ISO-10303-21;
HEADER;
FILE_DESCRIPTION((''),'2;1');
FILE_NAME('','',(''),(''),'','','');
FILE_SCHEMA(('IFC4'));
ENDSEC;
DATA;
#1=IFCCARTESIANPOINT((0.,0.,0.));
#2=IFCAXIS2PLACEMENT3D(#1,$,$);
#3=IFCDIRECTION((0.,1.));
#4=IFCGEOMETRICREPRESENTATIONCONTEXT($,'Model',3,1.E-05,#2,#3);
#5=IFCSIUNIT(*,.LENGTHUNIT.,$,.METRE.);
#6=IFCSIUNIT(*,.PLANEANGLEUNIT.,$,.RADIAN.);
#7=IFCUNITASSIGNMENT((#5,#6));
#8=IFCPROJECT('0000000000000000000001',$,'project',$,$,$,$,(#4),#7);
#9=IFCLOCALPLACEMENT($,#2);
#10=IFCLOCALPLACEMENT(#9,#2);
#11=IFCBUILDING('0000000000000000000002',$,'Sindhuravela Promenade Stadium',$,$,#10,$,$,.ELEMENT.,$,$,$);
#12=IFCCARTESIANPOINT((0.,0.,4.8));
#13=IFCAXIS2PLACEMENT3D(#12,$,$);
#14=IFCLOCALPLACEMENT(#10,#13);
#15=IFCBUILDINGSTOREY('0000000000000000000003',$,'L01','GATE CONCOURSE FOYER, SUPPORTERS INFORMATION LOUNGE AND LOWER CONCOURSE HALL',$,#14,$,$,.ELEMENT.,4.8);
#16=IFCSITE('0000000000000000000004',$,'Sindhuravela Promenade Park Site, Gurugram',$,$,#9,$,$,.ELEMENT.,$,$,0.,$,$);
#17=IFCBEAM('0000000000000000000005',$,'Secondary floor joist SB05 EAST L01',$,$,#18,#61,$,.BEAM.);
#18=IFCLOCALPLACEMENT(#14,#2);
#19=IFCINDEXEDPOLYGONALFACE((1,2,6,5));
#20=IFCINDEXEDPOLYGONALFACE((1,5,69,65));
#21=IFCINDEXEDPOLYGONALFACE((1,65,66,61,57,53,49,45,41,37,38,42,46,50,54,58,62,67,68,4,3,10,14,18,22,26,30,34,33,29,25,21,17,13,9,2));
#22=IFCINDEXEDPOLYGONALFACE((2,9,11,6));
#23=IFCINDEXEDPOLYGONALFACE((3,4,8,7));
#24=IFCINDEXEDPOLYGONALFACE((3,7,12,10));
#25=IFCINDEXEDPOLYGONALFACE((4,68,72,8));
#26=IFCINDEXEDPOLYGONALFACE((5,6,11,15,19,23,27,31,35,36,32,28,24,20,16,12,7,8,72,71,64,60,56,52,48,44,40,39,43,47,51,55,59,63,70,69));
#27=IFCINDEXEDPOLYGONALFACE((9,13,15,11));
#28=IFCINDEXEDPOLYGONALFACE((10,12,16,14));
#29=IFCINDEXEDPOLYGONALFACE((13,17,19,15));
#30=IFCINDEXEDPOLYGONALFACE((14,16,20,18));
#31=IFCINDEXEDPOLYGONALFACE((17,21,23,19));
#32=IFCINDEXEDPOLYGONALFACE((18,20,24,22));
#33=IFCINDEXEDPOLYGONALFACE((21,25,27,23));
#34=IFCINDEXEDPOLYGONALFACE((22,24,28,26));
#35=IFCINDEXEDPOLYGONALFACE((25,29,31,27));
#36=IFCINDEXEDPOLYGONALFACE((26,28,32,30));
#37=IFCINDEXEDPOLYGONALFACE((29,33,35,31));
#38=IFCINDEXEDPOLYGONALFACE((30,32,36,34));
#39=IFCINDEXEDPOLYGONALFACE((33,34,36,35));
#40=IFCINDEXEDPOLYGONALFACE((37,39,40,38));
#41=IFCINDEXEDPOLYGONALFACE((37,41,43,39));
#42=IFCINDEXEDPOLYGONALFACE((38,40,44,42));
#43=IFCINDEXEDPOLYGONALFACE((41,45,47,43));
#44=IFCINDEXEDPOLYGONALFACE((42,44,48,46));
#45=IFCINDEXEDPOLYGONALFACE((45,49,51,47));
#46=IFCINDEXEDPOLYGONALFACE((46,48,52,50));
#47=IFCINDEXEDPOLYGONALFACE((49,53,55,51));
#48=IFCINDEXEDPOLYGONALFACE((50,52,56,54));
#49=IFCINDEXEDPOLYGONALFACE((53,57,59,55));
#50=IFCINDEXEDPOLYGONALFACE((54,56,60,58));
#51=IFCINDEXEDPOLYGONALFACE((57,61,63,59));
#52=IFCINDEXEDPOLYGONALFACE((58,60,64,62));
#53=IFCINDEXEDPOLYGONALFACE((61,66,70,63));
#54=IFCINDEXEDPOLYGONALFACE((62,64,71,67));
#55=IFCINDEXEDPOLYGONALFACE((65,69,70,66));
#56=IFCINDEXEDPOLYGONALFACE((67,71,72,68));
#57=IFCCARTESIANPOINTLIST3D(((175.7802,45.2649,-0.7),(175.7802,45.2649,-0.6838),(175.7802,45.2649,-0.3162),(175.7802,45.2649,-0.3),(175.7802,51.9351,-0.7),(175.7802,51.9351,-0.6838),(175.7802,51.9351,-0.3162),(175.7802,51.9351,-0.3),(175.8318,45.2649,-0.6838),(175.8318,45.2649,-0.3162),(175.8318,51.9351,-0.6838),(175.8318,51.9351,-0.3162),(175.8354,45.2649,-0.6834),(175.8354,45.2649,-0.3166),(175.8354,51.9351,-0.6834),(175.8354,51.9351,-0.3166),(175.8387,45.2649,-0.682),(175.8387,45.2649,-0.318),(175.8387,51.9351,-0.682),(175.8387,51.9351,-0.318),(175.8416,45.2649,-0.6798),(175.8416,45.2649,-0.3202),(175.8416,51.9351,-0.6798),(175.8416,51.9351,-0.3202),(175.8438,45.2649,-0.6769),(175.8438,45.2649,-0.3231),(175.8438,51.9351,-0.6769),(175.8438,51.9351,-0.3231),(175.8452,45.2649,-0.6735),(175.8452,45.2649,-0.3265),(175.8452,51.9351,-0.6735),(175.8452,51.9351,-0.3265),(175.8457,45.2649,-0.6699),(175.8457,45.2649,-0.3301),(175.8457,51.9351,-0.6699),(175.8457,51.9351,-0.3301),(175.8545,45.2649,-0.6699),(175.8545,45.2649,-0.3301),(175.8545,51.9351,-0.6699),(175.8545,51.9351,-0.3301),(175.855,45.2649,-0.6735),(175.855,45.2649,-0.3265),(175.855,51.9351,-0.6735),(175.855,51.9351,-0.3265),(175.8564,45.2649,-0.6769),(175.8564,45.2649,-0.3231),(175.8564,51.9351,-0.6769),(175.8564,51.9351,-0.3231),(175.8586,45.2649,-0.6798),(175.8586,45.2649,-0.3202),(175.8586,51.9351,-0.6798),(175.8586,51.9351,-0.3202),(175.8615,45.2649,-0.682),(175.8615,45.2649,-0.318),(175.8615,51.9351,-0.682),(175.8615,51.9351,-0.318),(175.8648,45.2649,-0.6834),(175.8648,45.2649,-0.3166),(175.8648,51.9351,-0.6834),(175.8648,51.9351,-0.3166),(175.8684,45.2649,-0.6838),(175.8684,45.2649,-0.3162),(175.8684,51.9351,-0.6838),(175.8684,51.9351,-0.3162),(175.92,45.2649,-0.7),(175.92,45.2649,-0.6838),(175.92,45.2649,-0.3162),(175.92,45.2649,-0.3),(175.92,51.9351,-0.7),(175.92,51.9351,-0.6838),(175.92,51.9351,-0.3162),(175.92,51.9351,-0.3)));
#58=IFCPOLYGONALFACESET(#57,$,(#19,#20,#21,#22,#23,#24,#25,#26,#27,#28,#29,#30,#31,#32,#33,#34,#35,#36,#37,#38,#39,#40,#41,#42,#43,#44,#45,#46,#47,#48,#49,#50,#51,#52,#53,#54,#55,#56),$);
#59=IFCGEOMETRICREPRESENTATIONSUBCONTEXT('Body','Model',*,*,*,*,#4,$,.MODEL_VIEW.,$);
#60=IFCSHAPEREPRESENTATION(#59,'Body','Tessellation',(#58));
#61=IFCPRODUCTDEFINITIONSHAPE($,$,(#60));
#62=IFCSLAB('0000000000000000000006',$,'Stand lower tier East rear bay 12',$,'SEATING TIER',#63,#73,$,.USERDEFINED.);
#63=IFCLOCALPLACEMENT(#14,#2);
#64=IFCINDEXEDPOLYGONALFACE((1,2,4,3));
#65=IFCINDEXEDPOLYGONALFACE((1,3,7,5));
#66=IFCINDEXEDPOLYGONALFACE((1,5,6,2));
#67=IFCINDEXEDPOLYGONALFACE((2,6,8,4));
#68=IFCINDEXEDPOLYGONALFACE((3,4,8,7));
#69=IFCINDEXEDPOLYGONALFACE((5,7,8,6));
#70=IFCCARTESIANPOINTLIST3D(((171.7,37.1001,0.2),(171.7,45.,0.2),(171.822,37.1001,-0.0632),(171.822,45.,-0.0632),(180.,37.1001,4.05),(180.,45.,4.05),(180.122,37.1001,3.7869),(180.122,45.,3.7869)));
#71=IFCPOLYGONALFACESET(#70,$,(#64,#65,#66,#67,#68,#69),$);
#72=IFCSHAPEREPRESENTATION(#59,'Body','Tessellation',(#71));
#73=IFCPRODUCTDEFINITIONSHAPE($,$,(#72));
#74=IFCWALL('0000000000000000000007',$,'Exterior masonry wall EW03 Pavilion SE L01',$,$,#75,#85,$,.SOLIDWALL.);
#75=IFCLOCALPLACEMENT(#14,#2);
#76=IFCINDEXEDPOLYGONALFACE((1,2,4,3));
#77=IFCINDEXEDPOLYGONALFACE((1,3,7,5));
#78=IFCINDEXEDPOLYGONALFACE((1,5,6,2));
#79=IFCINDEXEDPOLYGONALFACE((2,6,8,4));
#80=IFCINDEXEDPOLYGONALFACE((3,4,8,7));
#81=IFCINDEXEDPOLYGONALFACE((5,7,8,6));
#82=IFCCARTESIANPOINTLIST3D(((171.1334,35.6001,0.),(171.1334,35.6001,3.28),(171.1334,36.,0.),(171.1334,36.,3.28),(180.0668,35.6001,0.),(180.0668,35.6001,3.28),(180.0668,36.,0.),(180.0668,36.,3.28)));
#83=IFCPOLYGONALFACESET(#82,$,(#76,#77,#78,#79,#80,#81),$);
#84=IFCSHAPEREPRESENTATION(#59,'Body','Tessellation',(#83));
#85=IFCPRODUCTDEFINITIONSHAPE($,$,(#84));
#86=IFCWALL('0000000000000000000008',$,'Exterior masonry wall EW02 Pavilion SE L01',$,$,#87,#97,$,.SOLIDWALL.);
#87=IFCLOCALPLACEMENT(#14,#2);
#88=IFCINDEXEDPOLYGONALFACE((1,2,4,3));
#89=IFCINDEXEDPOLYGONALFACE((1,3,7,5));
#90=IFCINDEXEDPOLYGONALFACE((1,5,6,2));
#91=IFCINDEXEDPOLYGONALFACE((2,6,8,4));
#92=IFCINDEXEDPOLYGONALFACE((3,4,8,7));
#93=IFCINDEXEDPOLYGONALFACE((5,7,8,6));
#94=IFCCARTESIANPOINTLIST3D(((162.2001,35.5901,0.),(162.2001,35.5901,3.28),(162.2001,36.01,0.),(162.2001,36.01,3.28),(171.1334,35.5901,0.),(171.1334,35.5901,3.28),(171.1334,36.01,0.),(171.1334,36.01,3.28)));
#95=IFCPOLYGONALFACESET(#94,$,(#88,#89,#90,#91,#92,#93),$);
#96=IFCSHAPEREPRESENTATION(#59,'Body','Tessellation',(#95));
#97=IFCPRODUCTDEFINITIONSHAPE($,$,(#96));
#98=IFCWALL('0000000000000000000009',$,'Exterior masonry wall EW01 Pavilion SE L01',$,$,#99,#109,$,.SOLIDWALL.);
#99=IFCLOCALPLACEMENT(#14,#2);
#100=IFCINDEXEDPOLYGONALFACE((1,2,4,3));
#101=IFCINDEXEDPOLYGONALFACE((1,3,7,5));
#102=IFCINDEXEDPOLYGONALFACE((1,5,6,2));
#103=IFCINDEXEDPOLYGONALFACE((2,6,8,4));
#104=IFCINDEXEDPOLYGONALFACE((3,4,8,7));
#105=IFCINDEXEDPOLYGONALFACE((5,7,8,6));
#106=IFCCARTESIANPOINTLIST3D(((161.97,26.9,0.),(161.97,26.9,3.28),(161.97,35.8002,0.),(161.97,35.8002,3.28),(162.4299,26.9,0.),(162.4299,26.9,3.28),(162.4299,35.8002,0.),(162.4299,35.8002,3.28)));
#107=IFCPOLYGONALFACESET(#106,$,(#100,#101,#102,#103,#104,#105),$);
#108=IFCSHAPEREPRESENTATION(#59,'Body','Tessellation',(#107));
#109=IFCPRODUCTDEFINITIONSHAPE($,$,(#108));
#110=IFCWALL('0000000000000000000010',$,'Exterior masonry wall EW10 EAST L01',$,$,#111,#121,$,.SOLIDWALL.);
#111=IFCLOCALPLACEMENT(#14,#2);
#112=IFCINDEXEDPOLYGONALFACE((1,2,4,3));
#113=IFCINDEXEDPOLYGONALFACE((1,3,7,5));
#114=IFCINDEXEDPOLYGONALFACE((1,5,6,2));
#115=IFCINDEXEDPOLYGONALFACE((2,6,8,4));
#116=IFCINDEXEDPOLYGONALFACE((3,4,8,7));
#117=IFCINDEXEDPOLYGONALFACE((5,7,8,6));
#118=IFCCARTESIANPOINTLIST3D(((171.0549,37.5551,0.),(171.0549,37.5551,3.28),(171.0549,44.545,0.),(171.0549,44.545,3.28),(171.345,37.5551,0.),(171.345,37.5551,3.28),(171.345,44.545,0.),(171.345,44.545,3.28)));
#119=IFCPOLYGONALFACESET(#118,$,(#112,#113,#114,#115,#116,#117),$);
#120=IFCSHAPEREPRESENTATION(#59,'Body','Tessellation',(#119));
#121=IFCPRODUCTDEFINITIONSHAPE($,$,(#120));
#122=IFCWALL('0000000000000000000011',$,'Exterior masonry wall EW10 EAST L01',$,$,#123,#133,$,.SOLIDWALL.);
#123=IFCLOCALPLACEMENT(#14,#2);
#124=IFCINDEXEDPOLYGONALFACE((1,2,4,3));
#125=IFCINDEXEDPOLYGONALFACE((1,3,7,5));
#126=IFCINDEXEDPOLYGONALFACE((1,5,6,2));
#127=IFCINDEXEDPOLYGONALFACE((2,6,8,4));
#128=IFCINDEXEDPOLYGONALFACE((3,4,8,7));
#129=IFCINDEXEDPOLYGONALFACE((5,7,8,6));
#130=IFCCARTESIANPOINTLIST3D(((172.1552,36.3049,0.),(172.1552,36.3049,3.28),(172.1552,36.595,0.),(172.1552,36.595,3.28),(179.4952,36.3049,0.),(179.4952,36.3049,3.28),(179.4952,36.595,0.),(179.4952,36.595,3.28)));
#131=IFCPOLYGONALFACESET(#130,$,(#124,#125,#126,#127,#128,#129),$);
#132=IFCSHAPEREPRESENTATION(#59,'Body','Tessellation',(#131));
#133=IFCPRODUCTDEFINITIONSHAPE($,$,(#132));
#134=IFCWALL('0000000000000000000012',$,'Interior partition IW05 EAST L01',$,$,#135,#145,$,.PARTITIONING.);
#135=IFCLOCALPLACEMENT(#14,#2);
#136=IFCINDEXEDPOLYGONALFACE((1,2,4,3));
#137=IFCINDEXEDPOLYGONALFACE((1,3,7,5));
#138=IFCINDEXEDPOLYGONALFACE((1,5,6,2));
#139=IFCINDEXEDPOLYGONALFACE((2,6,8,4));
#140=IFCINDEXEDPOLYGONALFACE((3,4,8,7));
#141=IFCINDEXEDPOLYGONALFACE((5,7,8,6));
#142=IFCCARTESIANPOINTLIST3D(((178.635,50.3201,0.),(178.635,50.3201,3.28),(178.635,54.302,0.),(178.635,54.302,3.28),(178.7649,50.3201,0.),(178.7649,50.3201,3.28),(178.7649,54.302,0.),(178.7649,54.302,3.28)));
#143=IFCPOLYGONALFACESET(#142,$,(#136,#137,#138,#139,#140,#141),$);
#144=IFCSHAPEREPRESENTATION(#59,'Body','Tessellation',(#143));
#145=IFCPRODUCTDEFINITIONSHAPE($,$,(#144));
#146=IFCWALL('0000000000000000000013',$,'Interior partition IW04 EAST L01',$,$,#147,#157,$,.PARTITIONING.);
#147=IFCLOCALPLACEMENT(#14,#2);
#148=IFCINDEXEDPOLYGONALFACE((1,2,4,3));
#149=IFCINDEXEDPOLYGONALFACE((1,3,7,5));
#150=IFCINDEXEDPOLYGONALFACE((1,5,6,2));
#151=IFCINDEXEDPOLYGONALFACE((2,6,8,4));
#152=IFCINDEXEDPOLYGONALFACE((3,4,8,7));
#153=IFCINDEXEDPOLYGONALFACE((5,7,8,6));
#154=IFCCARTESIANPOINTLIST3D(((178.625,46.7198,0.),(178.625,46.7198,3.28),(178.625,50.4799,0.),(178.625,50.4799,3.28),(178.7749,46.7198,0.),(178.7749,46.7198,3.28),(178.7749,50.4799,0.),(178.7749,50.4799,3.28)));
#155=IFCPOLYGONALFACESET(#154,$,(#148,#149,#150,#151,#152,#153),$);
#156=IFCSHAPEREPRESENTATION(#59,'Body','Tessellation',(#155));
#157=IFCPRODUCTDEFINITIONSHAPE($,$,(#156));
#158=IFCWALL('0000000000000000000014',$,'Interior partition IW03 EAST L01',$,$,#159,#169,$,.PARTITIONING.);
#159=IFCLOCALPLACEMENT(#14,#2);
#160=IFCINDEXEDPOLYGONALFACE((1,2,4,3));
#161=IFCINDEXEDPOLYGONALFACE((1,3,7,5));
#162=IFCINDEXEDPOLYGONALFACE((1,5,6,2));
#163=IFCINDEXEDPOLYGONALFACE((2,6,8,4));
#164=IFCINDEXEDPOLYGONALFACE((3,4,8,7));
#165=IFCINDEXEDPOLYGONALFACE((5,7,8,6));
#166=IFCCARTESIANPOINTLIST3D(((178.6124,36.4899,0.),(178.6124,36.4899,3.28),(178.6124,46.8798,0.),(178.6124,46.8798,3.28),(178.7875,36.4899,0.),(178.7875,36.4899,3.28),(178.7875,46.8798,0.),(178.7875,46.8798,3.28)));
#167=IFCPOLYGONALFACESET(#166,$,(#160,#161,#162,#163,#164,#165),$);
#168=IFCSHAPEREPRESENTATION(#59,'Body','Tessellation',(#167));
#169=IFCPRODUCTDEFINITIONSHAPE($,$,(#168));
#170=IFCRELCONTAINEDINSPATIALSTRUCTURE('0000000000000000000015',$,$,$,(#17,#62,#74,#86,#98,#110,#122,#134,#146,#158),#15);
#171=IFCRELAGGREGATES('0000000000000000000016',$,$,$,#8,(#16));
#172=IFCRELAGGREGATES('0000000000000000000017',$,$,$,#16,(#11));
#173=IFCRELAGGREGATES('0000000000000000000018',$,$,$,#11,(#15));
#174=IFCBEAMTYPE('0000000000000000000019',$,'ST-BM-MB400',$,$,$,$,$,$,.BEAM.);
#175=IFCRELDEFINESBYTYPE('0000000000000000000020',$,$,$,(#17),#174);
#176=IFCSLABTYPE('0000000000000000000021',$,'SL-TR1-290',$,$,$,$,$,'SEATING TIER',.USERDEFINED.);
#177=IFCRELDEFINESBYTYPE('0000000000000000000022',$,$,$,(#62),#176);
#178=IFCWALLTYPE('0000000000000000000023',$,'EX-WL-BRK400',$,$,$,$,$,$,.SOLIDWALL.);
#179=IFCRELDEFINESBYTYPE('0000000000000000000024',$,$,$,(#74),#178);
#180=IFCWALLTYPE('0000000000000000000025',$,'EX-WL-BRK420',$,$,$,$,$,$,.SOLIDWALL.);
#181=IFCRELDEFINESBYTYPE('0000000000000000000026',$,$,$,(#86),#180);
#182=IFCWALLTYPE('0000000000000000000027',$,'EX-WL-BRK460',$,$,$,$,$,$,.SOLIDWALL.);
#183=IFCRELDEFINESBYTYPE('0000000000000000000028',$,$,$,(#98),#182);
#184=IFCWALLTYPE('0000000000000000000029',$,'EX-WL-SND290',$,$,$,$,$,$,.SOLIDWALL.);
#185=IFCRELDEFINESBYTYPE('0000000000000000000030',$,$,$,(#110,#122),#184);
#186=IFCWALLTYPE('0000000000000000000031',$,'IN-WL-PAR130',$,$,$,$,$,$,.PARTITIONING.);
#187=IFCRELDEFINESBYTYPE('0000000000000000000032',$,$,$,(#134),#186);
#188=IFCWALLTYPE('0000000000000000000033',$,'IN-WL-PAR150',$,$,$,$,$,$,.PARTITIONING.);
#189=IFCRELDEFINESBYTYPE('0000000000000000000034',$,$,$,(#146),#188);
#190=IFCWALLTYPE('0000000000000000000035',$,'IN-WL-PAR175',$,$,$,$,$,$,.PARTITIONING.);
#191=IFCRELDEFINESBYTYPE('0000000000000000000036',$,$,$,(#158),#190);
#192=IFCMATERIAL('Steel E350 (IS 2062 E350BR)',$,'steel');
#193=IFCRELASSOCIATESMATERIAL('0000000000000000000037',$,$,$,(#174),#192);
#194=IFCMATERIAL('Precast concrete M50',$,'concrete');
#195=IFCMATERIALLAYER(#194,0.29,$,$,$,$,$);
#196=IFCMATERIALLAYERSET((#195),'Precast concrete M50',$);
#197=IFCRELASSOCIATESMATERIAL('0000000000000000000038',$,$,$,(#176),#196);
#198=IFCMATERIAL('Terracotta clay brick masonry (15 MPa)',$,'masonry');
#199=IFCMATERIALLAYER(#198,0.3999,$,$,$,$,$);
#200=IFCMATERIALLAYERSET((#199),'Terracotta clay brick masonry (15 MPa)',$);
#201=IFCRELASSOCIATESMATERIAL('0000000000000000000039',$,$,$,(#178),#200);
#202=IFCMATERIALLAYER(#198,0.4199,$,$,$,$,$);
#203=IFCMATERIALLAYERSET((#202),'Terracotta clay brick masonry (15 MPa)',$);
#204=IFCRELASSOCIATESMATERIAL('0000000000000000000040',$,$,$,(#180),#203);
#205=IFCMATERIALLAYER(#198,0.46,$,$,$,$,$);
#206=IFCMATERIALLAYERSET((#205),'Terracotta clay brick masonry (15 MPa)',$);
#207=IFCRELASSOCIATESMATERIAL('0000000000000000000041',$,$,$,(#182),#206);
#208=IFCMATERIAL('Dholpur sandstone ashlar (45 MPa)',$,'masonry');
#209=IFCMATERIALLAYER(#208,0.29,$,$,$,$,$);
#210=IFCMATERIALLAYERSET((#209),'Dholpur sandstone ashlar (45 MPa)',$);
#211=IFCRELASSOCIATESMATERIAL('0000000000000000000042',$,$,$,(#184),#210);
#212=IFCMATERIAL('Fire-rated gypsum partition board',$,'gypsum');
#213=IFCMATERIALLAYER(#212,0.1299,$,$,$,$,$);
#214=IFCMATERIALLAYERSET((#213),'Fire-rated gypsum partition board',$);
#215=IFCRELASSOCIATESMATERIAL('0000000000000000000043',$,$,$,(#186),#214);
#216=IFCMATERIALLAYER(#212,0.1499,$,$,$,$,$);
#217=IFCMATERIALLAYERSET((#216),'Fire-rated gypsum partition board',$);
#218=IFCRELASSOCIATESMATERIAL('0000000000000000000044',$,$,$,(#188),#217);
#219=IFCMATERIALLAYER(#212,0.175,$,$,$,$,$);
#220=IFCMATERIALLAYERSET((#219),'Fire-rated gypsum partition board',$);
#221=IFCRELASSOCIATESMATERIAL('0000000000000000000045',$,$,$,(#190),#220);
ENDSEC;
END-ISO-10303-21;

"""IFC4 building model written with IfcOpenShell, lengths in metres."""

from ifc_helpers import new_model, si_unit, direction, frame, frame_2d, origin, origin_2d, place, context, subcontext, project, spatial, polyline, rectangle, i_section, outline, extrude, material, layer, layer_set, material_profile, profile_set, type_object, element, save


model = new_model("IFC4")

# Units and contexts
model_context = context("Model", 3, precision=1e-05, world=origin(), true_north=direction((0.0, 1.0)))
body_context = subcontext(model_context, "Body", "Model", "MODEL_VIEW")
ifc_project = project(units=[si_unit("LENGTHUNIT", "METRE"), si_unit("PLANEANGLEUNIT", "RADIAN")], contexts=[model_context])

# Site, building, storey
site_placement = place(None, origin())
site = spatial("IfcSite", under=ifc_project, at=site_placement, Name="Sindhuravela Promenade Park Site, Gurugram", CompositionType="ELEMENT", RefElevation=0.0)
building_placement = place(site_placement, origin())
building = spatial("IfcBuilding", under=site, at=building_placement, Name="Sindhuravela Promenade Stadium", CompositionType="ELEMENT")
storey_placement = place(building_placement, frame((0.0, 0.0, 4.8)))
storey = spatial("IfcBuildingStorey", under=building, at=storey_placement, Name="L01", Description="GATE CONCOURSE FOYER, SUPPORTERS INFORMATION LOUNGE AND LOWER CONCOURSE HALL", CompositionType="ELEMENT", Elevation=4.8)

# Beam
ifc_material_1 = material(Name="Steel E350 (IS 2062 E350BR)", Category="steel")
ifc_material_profile_1 = material_profile(ifc_material_1, i_section(OverallWidth=0.1399, OverallDepth=0.3999, WebThickness=0.0088, FlangeThickness=0.0161, FilletRadius=0.0139, at=origin_2d()), Name="ISMB 400")
ifc_profile_set_1 = profile_set([ifc_material_profile_1], Name="Steel E350 (IS 2062 E350BR)")
beam_type_1 = type_object("IfcBeamType", Name="ST-BM-MB400", PredefinedType="BEAM", material=ifc_profile_set_1)
beam_1_placement = place(storey_placement, frame((175.8501, 45.2649, -0.5), z_axis=(0.0, 1.0, 0.0), x_axis=(-1.0, 0.0, 0.0)))
element("IfcBeam", 1, at=beam_1_placement, inside=storey, type_object=beam_type_1, Name="Secondary floor joist SB05 EAST L01", PredefinedType="BEAM", context=body_context, shape_type="SweptSolid", body=[
    extrude(i_section(OverallWidth=0.1399, OverallDepth=0.3999, WebThickness=0.0088, FlangeThickness=0.0161, FilletRadius=0.0139, at=origin_2d()), origin(), (0.0, 0.0, 1.0), 6.6702),
])

# Slab
ifc_material_2 = material(Name="Precast concrete M50", Category="concrete")
ifc_layer_1 = layer(ifc_material_2, 0.29)
ifc_layer_set_1 = layer_set([ifc_layer_1], Name="Precast concrete M50")
slab_type = type_object("IfcSlabType", Name="SL-TR1-290", ElementType="SEATING TIER", PredefinedType="USERDEFINED", material=ifc_layer_set_1)
slab_placement = place(storey_placement, frame((171.7, 45.0, 0.2), z_axis=(-0.420797, 0.0, 0.907155), x_axis=(0.0, -1.0, 0.0)))
element("IfcSlab", 2, at=slab_placement, inside=storey, type_object=slab_type, Name="Stand lower tier East rear bay 12", ObjectType="SEATING TIER", PredefinedType="USERDEFINED", context=body_context, shape_type="SweptSolid", body=[
    extrude(outline(polyline([(0.0, 0.0), (7.8999, 0.0), (7.8999, 9.1495), (0.0, 9.1495), (0.0, 0.0)])), origin(), (0.0, 0.0, -1.0), 0.29),
])

# Walls
ifc_material_3 = material(Name="Terracotta clay brick masonry (15 MPa)", Category="masonry")
ifc_layer_2 = layer(ifc_material_3, 0.3999)
ifc_layer_set_2 = layer_set([ifc_layer_2], Name="Terracotta clay brick masonry (15 MPa)")
wall_type_1 = type_object("IfcWallType", Name="EX-WL-BRK400", PredefinedType="SOLIDWALL", material=ifc_layer_set_2)
wall_1_placement = place(storey_placement, frame((171.1333, 35.8, 0.0), z_axis=(0.0, 0.0, 1.0), x_axis=(1.0, 0.0, 0.0)))
element("IfcWall", 3, at=wall_1_placement, inside=storey, type_object=wall_type_1, Name="Exterior masonry wall EW03 Pavilion SE L01", PredefinedType="SOLIDWALL", context=body_context, shape_type="SweptSolid", body=[
    extrude(rectangle(XDim=8.9333, YDim=0.3999, at=frame_2d((4.4668, 0.0))), origin(), (0.0, 0.0, 1.0), 3.28),
])
ifc_layer_3 = layer(ifc_material_3, 0.4199)
ifc_layer_set_3 = layer_set([ifc_layer_3], Name="Terracotta clay brick masonry (15 MPa)")
wall_type_2 = type_object("IfcWallType", Name="EX-WL-BRK420", PredefinedType="SOLIDWALL", material=ifc_layer_set_3)
wall_2_placement = place(storey_placement, frame((162.2, 35.8, 0.0), z_axis=(0.0, 0.0, 1.0), x_axis=(1.0, 0.0, 0.0)))
element("IfcWall", 4, at=wall_2_placement, inside=storey, type_object=wall_type_2, Name="Exterior masonry wall EW02 Pavilion SE L01", PredefinedType="SOLIDWALL", context=body_context, shape_type="SweptSolid", body=[
    extrude(rectangle(XDim=8.9333, YDim=0.4199, at=frame_2d((4.4668, 0.0))), origin(), (0.0, 0.0, 1.0), 3.28),
])
ifc_layer_4 = layer(ifc_material_3, 0.46)
ifc_layer_set_4 = layer_set([ifc_layer_4], Name="Terracotta clay brick masonry (15 MPa)")
wall_type_3 = type_object("IfcWallType", Name="EX-WL-BRK460", PredefinedType="SOLIDWALL", material=ifc_layer_set_4)
wall_3_placement = place(storey_placement, frame((162.2, 26.8999, 0.0), z_axis=(0.0, 0.0, 1.0), x_axis=(0.0, 1.0, 0.0)))
element("IfcWall", 5, at=wall_3_placement, inside=storey, type_object=wall_type_3, Name="Exterior masonry wall EW01 Pavilion SE L01", PredefinedType="SOLIDWALL", context=body_context, shape_type="SweptSolid", body=[
    extrude(rectangle(XDim=8.9001, YDim=0.46, at=frame_2d((4.4502, 0.0))), origin(), (0.0, 0.0, 1.0), 3.28),
])
ifc_material_4 = material(Name="Dholpur sandstone ashlar (45 MPa)", Category="masonry")
ifc_layer_5 = layer(ifc_material_4, 0.29)
ifc_layer_set_5 = layer_set([ifc_layer_5], Name="Dholpur sandstone ashlar (45 MPa)")
wall_type_4 = type_object("IfcWallType", Name="EX-WL-SND290", PredefinedType="SOLIDWALL", material=ifc_layer_set_5)
wall_4_placement = place(storey_placement, frame((171.2, 37.5549, 0.0), z_axis=(0.0, 0.0, 1.0), x_axis=(0.0, 1.0, 0.0)))
element("IfcWall", 6, at=wall_4_placement, inside=storey, type_object=wall_type_4, Name="Exterior masonry wall EW10 EAST L01", PredefinedType="SOLIDWALL", context=body_context, shape_type="SweptSolid", body=[
    extrude(rectangle(XDim=6.99, YDim=0.29, at=frame_2d((3.4951, 0.0))), origin(), (0.0, 0.0, 1.0), 3.28),
])
wall_5_placement = place(storey_placement, frame((179.4951, 36.45, 0.0), z_axis=(0.0, 0.0, 1.0), x_axis=(-1.0, 0.0, 0.0)))
element("IfcWall", 7, at=wall_5_placement, inside=storey, type_object=wall_type_4, Name="Exterior masonry wall EW10 EAST L01", PredefinedType="SOLIDWALL", context=body_context, shape_type="SweptSolid", body=[
    extrude(rectangle(XDim=7.3401, YDim=0.29, at=frame_2d((3.6699, 0.0))), origin(), (0.0, 0.0, 1.0), 3.28),
])
ifc_material_5 = material(Name="Fire-rated gypsum partition board", Category="gypsum")
ifc_layer_6 = layer(ifc_material_5, 0.1299)
ifc_layer_set_6 = layer_set([ifc_layer_6], Name="Fire-rated gypsum partition board")
wall_type_5 = type_object("IfcWallType", Name="IN-WL-PAR130", PredefinedType="PARTITIONING", material=ifc_layer_set_6)
wall_6_placement = place(storey_placement, frame((178.7, 50.3201, 0.0), z_axis=(0.0, 0.0, 1.0), x_axis=(0.0, 1.0, 0.0)))
element("IfcWall", 8, at=wall_6_placement, inside=storey, type_object=wall_type_5, Name="Interior partition IW05 EAST L01", PredefinedType="PARTITIONING", context=body_context, shape_type="SweptSolid", body=[
    extrude(rectangle(XDim=3.9819, YDim=0.1299, at=frame_2d((1.991, 0.0))), origin(), (0.0, 0.0, 1.0), 3.28),
])
ifc_layer_7 = layer(ifc_material_5, 0.1499)
ifc_layer_set_7 = layer_set([ifc_layer_7], Name="Fire-rated gypsum partition board")
wall_type_6 = type_object("IfcWallType", Name="IN-WL-PAR150", PredefinedType="PARTITIONING", material=ifc_layer_set_7)
wall_7_placement = place(storey_placement, frame((178.7, 46.72, 0.0), z_axis=(0.0, 0.0, 1.0), x_axis=(0.0, 1.0, 0.0)))
element("IfcWall", 9, at=wall_7_placement, inside=storey, type_object=wall_type_6, Name="Interior partition IW04 EAST L01", PredefinedType="PARTITIONING", context=body_context, shape_type="SweptSolid", body=[
    extrude(rectangle(XDim=3.76, YDim=0.1499, at=frame_2d((1.8799, 0.0))), origin(), (0.0, 0.0, 1.0), 3.28),
])
ifc_layer_8 = layer(ifc_material_5, 0.175)
ifc_layer_set_8 = layer_set([ifc_layer_8], Name="Fire-rated gypsum partition board")
wall_type_7 = type_object("IfcWallType", Name="IN-WL-PAR175", PredefinedType="PARTITIONING", material=ifc_layer_set_8)
wall_8_placement = place(storey_placement, frame((178.7, 36.49, 0.0), z_axis=(0.0, 0.0, 1.0), x_axis=(0.0, 1.0, 0.0)))
element("IfcWall", 10, at=wall_8_placement, inside=storey, type_object=wall_type_7, Name="Interior partition IW03 EAST L01", PredefinedType="PARTITIONING", context=body_context, shape_type="SweptSolid", body=[
    extrude(rectangle(XDim=10.3899, YDim=0.175, at=frame_2d((5.1948, 0.0))), origin(), (0.0, 0.0, 1.0), 3.28),
])

save(model, "model.ifc")
